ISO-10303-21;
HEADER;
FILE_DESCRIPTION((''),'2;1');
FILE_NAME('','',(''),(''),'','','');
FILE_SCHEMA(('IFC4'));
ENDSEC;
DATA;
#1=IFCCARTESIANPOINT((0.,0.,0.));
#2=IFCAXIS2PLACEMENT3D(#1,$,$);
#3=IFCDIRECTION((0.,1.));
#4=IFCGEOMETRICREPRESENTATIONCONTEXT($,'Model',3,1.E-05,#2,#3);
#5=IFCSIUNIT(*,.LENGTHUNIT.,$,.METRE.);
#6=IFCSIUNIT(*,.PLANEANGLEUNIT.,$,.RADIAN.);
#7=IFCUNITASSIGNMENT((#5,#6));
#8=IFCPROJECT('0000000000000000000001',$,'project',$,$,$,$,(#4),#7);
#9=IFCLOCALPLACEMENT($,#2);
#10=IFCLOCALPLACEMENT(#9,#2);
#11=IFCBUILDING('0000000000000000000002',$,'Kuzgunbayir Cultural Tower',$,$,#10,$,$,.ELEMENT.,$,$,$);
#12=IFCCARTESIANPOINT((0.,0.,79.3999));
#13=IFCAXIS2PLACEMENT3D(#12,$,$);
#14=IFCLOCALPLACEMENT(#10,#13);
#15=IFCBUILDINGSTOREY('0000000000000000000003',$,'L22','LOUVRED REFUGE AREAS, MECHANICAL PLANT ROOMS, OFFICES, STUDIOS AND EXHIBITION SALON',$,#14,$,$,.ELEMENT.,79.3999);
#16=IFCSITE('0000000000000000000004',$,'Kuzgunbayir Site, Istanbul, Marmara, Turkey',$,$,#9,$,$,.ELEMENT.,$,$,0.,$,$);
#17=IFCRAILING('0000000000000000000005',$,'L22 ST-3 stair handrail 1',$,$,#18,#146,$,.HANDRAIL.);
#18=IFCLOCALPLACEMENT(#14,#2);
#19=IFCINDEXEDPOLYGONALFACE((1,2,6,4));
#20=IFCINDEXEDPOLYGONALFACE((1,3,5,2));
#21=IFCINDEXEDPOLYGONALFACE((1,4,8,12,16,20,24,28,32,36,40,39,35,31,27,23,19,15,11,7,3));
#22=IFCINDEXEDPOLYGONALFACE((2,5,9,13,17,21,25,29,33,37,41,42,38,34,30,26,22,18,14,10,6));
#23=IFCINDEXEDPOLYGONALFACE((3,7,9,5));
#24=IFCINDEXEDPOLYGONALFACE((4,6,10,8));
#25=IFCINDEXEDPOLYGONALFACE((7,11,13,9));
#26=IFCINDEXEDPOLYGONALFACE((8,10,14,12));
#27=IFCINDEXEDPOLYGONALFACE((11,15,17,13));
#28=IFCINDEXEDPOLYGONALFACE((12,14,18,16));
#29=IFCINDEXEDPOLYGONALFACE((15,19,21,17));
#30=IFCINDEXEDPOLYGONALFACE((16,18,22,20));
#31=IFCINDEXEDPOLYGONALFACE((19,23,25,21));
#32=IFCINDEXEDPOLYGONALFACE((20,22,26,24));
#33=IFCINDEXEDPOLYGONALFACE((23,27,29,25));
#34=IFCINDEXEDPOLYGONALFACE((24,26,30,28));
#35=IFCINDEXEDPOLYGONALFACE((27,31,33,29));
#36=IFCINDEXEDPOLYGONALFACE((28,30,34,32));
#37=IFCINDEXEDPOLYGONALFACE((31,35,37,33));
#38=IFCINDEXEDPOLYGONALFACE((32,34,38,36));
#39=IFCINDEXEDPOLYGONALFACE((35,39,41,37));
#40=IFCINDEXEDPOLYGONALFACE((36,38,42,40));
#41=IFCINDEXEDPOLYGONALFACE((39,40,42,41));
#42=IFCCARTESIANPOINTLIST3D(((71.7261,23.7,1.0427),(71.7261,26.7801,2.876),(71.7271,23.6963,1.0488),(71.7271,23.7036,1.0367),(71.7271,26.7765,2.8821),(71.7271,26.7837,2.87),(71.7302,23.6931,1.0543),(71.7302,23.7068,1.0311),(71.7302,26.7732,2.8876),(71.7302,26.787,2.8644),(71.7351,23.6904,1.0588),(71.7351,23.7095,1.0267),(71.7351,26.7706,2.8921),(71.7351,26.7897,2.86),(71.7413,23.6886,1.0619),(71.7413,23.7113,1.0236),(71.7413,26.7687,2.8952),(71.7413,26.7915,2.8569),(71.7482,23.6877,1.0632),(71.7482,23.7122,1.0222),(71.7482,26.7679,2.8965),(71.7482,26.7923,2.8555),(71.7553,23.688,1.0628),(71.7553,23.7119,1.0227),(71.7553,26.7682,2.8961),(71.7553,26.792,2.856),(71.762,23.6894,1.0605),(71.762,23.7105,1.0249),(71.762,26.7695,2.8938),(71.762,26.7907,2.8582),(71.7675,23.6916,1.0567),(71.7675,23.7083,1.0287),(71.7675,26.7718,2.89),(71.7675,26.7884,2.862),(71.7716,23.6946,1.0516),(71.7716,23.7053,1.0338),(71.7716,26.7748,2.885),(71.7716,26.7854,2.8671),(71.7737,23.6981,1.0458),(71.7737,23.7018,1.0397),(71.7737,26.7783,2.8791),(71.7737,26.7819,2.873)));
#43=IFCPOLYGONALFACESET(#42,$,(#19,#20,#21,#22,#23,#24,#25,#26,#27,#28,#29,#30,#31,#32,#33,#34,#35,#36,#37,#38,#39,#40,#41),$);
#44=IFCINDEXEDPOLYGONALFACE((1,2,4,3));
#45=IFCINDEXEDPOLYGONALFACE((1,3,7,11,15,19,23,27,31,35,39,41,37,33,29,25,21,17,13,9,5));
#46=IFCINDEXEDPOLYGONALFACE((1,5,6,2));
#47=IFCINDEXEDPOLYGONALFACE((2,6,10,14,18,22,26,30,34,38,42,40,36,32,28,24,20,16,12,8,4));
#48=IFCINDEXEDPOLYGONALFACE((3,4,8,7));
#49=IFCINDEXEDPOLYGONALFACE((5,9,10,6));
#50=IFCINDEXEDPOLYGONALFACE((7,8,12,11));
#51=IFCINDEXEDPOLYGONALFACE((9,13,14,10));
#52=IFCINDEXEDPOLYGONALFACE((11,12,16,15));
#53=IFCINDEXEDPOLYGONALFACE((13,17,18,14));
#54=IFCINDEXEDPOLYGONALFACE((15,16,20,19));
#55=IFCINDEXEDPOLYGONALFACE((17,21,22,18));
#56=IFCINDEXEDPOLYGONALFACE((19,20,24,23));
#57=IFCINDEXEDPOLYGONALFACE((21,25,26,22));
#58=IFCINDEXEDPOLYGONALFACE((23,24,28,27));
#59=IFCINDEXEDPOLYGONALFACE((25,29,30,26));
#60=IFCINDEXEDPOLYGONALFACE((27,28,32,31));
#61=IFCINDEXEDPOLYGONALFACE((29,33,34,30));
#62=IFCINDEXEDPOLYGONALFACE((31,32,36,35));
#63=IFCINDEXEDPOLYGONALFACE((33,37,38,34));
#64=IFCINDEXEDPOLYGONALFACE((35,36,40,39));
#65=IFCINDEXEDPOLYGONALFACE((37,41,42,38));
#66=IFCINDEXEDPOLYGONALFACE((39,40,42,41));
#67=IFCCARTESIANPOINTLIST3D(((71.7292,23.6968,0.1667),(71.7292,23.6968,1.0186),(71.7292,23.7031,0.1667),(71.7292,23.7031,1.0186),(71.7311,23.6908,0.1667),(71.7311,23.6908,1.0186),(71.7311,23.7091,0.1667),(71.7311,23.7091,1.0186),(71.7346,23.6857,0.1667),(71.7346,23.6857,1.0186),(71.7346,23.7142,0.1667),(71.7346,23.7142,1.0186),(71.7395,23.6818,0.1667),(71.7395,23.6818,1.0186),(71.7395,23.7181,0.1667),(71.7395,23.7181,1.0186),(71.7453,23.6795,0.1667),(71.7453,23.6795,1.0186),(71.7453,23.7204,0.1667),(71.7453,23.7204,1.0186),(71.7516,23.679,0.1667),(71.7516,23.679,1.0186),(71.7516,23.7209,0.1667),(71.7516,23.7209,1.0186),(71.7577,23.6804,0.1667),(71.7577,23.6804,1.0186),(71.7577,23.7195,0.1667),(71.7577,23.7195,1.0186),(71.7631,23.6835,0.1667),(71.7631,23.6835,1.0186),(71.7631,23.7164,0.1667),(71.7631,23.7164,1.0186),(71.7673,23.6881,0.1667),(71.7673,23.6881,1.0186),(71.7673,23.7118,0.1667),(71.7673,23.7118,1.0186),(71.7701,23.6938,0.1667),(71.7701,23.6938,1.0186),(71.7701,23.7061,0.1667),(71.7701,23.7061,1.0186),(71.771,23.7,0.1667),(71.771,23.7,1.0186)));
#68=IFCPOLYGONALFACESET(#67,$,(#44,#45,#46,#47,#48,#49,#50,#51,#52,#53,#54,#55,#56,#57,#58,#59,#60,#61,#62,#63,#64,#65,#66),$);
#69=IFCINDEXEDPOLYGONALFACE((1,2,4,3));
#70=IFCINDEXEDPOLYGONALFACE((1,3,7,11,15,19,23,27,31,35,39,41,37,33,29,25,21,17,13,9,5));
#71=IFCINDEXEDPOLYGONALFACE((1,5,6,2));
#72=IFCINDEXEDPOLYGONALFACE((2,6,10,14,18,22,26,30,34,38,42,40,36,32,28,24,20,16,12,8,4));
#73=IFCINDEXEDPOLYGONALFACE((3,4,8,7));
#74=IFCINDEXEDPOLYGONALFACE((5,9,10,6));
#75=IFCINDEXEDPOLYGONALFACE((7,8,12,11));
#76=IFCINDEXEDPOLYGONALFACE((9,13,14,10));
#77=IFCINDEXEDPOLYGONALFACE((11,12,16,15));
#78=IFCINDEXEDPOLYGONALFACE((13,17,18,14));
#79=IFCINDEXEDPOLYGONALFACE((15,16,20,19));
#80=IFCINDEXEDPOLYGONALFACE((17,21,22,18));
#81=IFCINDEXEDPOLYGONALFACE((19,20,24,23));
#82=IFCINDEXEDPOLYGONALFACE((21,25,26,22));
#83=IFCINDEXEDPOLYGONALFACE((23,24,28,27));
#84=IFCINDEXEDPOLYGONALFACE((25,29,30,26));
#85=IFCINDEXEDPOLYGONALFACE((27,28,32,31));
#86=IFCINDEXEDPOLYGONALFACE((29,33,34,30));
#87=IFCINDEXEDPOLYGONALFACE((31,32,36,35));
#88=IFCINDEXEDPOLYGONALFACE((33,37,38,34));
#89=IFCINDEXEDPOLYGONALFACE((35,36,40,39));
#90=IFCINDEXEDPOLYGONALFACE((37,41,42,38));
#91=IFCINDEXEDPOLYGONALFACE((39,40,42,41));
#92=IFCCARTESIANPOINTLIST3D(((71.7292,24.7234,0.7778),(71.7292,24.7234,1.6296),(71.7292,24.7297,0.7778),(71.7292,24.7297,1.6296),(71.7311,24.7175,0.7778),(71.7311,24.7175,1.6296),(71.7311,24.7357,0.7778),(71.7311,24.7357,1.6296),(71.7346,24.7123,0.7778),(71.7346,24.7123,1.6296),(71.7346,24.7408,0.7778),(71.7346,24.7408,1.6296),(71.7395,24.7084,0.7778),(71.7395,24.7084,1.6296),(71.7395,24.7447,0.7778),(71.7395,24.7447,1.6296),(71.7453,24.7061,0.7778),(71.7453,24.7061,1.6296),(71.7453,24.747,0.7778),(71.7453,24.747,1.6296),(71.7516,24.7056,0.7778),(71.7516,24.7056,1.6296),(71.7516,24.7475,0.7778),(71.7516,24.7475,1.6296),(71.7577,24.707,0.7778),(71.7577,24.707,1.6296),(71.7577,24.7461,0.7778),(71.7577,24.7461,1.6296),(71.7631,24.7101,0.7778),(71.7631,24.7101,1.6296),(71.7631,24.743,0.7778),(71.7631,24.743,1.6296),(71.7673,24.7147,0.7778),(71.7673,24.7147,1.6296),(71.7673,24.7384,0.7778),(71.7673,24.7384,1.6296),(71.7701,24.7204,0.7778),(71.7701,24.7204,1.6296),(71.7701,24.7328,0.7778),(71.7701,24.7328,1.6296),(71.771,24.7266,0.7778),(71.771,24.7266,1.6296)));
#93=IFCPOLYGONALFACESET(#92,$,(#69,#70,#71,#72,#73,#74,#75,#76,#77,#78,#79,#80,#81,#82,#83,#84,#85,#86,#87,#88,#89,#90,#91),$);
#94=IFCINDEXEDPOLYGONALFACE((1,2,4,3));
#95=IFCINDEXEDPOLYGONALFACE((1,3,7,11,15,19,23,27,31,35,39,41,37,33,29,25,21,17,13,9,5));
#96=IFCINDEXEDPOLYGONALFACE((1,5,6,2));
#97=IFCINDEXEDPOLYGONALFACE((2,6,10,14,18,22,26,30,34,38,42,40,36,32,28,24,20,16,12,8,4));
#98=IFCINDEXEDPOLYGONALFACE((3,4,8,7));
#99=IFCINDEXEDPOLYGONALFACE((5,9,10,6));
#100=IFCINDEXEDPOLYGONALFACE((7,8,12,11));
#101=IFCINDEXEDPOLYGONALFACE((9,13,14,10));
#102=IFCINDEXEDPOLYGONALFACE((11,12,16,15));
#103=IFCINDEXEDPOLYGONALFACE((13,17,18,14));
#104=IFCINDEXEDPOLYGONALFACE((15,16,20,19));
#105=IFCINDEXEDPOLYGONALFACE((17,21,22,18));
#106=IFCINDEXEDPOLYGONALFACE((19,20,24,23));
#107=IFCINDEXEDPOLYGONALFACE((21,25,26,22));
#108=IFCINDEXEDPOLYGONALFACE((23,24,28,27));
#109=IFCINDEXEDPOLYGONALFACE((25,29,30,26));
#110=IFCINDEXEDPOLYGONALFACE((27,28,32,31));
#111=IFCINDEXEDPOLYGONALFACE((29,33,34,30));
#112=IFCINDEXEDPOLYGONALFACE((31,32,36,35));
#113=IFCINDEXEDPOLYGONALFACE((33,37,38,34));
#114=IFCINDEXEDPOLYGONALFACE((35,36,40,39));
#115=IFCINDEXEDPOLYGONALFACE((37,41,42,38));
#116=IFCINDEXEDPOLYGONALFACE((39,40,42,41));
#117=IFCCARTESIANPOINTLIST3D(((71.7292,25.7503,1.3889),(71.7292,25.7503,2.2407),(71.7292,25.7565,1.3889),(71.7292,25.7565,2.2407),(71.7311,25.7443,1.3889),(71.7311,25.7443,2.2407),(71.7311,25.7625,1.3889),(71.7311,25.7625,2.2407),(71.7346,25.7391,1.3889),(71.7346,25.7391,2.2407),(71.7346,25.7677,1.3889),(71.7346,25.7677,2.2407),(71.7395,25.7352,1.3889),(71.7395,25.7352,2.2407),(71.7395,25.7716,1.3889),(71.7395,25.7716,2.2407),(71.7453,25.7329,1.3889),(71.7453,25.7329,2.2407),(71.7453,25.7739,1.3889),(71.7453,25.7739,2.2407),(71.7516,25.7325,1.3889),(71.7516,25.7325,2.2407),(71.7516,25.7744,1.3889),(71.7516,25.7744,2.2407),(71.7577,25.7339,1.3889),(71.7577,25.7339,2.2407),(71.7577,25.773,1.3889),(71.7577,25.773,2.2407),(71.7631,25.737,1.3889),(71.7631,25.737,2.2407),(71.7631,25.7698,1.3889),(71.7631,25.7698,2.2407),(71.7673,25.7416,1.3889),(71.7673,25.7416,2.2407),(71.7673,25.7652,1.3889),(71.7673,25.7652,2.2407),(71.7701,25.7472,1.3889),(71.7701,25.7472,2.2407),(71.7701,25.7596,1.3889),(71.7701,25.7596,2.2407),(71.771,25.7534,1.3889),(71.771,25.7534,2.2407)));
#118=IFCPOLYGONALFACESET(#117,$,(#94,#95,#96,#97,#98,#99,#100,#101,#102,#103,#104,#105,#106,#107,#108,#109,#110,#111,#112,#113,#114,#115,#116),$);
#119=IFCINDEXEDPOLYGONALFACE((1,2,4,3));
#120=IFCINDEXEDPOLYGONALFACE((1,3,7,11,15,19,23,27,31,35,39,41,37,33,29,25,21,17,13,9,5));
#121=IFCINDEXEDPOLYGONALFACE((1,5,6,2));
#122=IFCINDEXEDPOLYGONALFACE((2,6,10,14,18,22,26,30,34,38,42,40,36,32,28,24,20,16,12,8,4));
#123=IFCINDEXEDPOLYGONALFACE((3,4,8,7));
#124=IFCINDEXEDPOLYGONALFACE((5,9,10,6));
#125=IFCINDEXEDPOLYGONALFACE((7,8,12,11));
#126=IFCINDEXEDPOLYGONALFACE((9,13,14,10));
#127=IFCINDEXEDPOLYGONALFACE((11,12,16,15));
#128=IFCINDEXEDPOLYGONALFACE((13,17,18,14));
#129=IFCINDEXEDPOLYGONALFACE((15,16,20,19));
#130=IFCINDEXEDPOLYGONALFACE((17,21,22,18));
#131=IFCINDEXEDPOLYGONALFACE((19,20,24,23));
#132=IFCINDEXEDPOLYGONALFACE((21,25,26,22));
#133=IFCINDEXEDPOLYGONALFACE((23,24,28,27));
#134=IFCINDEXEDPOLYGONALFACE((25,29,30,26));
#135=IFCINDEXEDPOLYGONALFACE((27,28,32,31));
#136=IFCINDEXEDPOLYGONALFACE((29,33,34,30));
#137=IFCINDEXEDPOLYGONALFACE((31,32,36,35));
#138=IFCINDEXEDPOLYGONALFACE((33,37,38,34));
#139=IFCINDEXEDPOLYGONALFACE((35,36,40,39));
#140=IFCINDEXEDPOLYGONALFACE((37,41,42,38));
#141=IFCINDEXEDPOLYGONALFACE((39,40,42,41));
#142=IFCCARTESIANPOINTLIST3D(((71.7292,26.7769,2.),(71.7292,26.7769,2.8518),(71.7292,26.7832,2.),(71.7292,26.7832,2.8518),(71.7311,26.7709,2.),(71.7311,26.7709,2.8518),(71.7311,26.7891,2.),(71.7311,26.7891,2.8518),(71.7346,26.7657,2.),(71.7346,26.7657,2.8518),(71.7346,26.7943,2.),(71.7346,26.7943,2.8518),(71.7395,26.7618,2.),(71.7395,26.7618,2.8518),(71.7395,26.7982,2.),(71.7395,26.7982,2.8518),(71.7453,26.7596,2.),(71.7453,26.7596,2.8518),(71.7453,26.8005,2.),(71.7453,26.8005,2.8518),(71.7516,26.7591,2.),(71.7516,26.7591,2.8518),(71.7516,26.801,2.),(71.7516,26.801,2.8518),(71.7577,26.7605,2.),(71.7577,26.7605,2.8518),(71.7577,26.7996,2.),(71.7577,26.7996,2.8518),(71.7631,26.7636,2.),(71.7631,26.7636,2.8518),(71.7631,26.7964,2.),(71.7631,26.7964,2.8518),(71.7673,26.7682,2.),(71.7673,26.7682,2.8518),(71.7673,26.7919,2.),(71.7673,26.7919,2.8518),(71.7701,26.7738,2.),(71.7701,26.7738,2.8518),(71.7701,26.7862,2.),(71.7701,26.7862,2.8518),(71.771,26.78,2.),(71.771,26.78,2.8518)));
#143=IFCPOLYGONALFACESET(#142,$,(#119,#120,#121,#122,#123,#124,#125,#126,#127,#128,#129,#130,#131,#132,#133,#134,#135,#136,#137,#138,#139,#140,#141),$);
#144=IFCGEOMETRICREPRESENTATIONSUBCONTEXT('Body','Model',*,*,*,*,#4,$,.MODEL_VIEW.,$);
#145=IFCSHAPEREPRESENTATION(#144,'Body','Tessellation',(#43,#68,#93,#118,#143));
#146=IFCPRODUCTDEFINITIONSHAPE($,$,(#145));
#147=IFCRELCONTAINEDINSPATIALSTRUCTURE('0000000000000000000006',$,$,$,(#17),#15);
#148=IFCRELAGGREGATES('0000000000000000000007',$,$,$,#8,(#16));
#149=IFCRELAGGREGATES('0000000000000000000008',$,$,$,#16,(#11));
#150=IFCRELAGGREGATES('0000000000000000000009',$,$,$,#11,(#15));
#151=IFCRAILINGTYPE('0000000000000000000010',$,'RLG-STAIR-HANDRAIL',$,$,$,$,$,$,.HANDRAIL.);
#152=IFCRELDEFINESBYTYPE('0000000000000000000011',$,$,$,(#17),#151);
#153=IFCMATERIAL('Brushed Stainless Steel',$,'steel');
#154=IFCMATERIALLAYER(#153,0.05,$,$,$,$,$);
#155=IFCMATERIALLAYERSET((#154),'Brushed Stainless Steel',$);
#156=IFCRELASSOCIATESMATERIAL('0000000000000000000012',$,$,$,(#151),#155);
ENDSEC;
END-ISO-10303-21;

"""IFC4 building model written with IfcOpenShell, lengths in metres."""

from ifc_helpers import new_model, si_unit, direction, frame, origin, origin_2d, place, context, subcontext, project, spatial, circle, extrude, material, layer, layer_set, type_object, element, save


model = new_model("IFC4")

# Units and contexts
model_context = context("Model", 3, precision=1e-05, world=origin(), true_north=direction((0.0, 1.0)))
body_context = subcontext(model_context, "Body", "Model", "MODEL_VIEW")
ifc_project = project(units=[si_unit("LENGTHUNIT", "METRE"), si_unit("PLANEANGLEUNIT", "RADIAN")], contexts=[model_context])

# Site, building, storey
site_placement = place(None, origin())
site = spatial("IfcSite", under=ifc_project, at=site_placement, Name="Kuzgunbayir Site, Istanbul, Marmara, Turkey", CompositionType="ELEMENT", RefElevation=0.0)
building_placement = place(site_placement, origin())
building = spatial("IfcBuilding", under=site, at=building_placement, Name="Kuzgunbayir Cultural Tower", CompositionType="ELEMENT")
storey_placement = place(building_placement, frame((0.0, 0.0, 79.3999)))
storey = spatial("IfcBuildingStorey", under=building, at=storey_placement, Name="L22", Description="LOUVRED REFUGE AREAS, MECHANICAL PLANT ROOMS, OFFICES, STUDIOS AND EXHIBITION SALON", CompositionType="ELEMENT", Elevation=79.3999)

# Railing
ifc_material_1 = material(Name="Brushed Stainless Steel", Category="steel")
ifc_layer_1 = layer(ifc_material_1, 0.05)
ifc_layer_set_1 = layer_set([ifc_layer_1], Name="Brushed Stainless Steel")
railing_type_1 = type_object("IfcRailingType", Name="RLG-STAIR-HANDRAIL", PredefinedType="HANDRAIL", material=ifc_layer_set_1)
railing_1_placement = place(storey_placement, frame((71.75, 23.7, 0.1667)))
element("IfcRailing", 1, at=railing_1_placement, inside=storey, type_object=railing_type_1, Name="L22 ST-3 stair handrail 1", PredefinedType="HANDRAIL", context=body_context, shape_type="SweptSolid", body=[
    extrude(circle(Radius=0.0239, at=origin_2d()), frame((0.0, 0.0, 0.876), z_axis=(0.0, 0.859309, 0.511458), x_axis=(-1.0, 0.0, 0.0)), (0.0, 0.0, 1.0), 3.5845),
    extrude(circle(Radius=0.021, at=origin_2d()), origin(), (0.0, 0.0, 1.0), 0.8518),
    extrude(circle(Radius=0.021, at=origin_2d()), frame((0.0, 1.0266, 0.6111)), (0.0, 0.0, 1.0), 0.8518),
    extrude(circle(Radius=0.021, at=origin_2d()), frame((0.0, 2.0535, 1.2222)), (0.0, 0.0, 1.0), 0.8518),
    extrude(circle(Radius=0.021, at=origin_2d()), frame((0.0, 3.0801, 1.8333)), (0.0, 0.0, 1.0), 0.8518),
])

save(model, "model.ifc")
